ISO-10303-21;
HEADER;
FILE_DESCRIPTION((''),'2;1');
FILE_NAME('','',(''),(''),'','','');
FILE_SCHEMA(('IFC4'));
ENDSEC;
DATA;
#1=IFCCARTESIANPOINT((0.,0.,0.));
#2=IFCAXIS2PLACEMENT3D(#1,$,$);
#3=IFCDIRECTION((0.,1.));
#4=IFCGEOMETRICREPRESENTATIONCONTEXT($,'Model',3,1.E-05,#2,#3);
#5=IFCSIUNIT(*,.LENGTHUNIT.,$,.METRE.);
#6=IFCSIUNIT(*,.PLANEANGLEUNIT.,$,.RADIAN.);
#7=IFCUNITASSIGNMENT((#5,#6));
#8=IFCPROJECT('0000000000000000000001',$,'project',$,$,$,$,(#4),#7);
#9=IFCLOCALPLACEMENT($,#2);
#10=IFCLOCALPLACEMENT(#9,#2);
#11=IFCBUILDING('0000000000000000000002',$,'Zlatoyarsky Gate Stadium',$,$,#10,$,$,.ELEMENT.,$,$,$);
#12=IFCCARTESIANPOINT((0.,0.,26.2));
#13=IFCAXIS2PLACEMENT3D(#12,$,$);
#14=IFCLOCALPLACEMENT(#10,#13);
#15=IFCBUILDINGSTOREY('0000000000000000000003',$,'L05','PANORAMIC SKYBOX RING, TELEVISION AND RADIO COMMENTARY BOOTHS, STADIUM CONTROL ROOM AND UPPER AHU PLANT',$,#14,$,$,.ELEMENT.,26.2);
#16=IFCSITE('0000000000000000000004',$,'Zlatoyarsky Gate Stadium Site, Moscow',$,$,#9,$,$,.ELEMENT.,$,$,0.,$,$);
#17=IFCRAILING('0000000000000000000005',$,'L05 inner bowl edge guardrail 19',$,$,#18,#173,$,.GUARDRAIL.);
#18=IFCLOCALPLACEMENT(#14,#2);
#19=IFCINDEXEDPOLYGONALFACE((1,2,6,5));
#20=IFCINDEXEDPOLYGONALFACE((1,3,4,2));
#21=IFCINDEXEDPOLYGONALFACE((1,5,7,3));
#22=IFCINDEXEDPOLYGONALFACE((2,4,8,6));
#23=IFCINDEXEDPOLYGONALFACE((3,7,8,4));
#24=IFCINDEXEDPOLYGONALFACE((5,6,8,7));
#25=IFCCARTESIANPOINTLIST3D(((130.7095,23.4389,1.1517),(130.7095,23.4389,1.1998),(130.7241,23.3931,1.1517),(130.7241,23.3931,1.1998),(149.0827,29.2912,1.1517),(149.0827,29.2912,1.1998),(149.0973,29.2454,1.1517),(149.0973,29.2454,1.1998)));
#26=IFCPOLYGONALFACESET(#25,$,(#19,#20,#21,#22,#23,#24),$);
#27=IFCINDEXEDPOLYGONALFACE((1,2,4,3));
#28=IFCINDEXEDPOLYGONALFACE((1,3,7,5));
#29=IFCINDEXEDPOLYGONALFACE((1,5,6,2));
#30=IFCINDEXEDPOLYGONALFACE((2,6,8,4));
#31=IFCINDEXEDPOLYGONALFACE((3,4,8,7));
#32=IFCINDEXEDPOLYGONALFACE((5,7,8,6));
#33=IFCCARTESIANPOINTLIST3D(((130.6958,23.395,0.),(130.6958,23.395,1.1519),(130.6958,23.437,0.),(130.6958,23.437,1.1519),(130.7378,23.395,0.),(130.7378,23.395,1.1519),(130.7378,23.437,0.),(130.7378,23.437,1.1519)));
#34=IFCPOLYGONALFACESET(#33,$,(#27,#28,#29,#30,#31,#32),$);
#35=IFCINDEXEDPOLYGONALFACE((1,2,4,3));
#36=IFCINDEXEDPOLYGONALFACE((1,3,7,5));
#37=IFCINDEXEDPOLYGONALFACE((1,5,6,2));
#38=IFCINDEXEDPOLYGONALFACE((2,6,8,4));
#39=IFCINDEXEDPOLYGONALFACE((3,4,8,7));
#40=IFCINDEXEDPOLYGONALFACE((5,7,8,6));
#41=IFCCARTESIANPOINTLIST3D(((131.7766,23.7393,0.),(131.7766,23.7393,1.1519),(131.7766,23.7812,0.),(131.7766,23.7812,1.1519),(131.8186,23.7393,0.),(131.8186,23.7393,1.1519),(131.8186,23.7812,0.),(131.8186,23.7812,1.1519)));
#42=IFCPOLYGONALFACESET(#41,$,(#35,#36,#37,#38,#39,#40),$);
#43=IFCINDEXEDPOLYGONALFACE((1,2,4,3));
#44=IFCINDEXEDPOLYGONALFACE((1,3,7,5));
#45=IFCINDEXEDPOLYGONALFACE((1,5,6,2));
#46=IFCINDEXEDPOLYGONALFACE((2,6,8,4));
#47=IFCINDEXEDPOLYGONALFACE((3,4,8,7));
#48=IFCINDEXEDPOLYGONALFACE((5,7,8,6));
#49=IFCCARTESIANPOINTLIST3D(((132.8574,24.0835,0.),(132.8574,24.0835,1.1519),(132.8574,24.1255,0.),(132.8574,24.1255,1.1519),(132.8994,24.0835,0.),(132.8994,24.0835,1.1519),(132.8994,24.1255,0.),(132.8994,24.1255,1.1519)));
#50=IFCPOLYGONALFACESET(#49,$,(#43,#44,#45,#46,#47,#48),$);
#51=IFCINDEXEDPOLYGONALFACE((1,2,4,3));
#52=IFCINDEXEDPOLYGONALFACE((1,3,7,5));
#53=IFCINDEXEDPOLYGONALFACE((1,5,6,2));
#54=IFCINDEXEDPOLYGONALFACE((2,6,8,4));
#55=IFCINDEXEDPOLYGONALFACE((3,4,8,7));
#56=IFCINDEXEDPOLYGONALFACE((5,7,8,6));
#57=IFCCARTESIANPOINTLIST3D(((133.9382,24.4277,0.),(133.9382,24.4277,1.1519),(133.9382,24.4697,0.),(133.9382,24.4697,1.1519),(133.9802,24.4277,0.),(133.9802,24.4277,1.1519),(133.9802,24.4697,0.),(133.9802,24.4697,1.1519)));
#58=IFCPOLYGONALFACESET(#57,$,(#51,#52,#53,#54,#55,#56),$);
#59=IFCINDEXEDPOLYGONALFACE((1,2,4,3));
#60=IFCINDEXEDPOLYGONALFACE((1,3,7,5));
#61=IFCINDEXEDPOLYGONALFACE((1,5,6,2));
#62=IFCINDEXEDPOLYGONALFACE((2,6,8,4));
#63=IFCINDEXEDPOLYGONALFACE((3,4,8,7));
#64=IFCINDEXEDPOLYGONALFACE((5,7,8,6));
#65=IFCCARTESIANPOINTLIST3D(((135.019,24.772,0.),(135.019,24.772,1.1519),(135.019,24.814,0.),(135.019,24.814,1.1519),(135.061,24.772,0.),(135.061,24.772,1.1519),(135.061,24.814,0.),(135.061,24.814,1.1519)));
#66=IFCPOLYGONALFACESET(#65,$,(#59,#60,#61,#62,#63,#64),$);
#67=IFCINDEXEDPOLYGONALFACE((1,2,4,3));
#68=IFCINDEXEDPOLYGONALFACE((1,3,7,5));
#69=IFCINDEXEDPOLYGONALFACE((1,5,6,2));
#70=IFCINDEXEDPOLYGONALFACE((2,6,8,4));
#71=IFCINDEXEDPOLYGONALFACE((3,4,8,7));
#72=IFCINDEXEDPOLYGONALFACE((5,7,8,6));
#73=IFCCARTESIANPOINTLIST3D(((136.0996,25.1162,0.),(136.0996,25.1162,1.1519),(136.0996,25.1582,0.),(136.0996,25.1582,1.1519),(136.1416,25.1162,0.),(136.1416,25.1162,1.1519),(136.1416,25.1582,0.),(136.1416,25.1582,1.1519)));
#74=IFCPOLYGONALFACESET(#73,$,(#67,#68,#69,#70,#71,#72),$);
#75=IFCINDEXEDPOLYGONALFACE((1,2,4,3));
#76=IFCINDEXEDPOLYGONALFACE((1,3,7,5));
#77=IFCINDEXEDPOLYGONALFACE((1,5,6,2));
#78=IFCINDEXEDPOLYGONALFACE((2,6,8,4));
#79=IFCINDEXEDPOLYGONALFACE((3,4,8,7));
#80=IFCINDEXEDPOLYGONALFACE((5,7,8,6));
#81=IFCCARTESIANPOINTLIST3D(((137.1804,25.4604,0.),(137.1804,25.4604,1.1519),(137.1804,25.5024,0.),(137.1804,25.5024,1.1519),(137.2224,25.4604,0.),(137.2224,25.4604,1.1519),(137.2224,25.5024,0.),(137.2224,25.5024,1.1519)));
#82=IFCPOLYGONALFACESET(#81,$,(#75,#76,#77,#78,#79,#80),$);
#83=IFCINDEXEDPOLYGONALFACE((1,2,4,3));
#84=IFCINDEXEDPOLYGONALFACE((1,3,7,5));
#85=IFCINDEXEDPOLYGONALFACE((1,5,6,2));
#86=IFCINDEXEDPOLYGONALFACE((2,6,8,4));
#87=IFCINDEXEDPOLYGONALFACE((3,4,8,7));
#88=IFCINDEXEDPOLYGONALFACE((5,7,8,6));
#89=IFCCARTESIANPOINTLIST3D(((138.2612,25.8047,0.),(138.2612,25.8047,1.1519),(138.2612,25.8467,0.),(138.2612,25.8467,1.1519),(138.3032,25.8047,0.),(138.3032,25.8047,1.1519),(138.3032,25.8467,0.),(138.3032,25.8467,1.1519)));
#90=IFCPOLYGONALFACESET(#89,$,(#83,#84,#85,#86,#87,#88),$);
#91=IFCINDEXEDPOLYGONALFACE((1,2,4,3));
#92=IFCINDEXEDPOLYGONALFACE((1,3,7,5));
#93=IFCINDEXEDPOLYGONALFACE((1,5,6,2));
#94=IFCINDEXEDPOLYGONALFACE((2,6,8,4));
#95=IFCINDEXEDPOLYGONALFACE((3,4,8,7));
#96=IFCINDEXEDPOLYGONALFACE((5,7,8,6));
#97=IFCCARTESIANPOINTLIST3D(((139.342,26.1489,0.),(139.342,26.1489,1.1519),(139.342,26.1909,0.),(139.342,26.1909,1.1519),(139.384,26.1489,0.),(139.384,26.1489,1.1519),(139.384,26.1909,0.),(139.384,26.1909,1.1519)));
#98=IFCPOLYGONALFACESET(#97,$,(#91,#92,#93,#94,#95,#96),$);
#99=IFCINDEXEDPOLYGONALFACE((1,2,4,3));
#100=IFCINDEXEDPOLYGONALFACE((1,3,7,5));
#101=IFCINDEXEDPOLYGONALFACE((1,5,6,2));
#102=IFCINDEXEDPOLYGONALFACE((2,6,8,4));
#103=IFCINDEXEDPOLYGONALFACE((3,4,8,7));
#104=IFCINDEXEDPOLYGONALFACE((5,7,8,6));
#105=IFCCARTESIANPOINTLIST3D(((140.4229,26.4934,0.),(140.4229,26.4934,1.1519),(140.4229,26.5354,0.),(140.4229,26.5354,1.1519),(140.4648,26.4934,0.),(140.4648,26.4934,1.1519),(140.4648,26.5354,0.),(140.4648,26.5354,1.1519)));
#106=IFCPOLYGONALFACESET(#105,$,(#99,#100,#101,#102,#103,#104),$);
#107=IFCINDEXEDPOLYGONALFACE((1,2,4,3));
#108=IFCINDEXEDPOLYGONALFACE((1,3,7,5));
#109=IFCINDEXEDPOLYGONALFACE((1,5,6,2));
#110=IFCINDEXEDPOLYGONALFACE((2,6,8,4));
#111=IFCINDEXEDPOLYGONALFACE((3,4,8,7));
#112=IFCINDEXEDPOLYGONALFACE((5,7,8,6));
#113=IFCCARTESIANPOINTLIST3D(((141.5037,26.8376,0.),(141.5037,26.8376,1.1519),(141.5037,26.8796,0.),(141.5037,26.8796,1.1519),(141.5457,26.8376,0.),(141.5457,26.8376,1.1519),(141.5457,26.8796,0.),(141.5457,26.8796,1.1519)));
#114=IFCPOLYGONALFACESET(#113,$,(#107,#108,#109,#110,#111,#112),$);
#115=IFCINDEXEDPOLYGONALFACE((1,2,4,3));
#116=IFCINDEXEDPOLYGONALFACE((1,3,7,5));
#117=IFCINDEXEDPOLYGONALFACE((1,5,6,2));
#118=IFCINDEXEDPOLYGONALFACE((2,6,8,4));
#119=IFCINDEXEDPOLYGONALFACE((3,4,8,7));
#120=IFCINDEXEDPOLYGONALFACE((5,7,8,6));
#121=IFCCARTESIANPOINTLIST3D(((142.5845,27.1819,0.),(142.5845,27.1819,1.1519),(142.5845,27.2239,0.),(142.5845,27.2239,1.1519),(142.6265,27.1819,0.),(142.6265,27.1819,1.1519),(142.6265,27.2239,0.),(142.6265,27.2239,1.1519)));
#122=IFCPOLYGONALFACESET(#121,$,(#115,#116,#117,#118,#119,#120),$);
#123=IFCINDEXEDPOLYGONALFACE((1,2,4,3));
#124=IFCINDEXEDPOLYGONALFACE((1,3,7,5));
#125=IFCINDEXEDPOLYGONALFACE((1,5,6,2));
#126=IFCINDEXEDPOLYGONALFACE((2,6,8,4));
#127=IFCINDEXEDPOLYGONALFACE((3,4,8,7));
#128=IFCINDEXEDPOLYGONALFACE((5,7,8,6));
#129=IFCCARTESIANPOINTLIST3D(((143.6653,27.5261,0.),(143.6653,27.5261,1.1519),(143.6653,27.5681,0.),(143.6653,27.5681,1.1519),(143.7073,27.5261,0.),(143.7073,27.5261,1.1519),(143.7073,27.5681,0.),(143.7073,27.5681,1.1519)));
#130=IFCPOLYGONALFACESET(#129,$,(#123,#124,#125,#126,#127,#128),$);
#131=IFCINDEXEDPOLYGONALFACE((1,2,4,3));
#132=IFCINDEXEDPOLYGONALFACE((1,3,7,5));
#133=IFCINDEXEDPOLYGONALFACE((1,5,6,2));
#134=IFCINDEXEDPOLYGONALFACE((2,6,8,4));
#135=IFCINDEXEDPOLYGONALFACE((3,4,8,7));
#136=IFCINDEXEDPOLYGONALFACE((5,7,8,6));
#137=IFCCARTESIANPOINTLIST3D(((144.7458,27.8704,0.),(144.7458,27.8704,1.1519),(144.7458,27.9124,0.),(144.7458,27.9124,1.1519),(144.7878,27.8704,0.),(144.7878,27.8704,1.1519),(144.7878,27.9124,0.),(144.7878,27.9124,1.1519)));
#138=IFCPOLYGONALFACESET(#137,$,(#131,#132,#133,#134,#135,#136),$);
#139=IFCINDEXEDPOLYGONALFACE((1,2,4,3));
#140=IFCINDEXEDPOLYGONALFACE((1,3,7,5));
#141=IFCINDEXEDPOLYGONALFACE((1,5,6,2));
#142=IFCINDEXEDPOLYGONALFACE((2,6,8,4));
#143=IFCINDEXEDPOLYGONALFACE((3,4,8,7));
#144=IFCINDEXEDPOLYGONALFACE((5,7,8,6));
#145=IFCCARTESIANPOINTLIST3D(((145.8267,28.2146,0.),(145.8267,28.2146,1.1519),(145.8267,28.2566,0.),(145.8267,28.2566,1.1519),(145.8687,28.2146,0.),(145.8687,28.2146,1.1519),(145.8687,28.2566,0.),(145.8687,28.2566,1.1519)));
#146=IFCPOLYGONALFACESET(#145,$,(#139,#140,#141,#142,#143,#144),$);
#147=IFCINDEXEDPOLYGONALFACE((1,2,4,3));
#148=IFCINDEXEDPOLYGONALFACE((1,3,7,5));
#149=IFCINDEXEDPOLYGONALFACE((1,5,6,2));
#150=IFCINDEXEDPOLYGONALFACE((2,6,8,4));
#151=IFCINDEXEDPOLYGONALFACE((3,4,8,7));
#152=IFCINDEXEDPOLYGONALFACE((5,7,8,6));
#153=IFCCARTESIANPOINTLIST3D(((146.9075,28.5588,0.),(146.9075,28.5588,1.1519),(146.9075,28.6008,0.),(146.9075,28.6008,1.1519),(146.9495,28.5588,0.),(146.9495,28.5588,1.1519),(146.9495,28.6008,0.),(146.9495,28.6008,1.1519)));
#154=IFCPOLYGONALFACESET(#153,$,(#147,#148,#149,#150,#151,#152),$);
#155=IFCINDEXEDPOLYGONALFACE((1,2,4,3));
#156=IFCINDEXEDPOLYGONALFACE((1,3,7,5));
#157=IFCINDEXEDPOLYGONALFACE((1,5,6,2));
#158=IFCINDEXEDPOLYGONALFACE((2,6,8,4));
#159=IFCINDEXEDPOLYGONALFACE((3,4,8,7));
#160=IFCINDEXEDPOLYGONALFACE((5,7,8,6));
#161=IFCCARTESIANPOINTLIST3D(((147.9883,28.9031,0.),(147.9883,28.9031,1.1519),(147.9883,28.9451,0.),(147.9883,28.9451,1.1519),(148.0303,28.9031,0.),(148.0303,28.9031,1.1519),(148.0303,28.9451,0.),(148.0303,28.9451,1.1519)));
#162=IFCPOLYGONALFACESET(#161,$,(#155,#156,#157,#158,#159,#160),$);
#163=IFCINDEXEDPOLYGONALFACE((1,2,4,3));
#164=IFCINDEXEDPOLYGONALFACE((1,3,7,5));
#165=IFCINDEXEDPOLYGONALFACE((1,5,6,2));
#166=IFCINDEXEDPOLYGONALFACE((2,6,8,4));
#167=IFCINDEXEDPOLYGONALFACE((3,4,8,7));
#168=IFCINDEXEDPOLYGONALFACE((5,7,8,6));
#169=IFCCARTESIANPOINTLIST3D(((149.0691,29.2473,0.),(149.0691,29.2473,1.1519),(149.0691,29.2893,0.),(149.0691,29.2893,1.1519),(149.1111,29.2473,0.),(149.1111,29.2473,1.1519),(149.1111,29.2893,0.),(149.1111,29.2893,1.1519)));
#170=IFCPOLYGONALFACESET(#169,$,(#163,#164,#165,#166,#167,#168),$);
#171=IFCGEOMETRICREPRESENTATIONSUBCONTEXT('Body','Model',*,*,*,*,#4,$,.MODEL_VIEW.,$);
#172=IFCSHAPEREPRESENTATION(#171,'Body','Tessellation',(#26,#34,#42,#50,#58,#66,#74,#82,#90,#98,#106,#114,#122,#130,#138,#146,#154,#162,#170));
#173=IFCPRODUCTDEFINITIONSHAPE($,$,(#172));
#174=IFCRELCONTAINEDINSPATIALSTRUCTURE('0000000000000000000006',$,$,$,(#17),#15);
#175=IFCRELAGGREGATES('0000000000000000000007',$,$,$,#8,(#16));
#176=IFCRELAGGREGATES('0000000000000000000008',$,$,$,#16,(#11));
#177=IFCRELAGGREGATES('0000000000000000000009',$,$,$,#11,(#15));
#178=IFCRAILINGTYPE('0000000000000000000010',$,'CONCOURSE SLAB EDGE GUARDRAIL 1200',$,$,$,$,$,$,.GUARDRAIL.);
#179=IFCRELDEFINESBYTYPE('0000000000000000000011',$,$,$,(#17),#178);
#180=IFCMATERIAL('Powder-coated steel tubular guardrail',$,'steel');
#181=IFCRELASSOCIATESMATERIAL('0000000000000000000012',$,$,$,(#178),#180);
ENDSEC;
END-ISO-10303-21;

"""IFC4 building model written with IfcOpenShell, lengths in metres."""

from ifc_helpers import new_model, si_unit, direction, frame, origin, origin_2d, place, context, subcontext, project, spatial, rectangle, extrude, material, type_object, element, save


model = new_model("IFC4")

# Units and contexts
model_context = context("Model", 3, precision=1e-05, world=origin(), true_north=direction((0.0, 1.0)))
body_context = subcontext(model_context, "Body", "Model", "MODEL_VIEW")
ifc_project = project(units=[si_unit("LENGTHUNIT", "METRE"), si_unit("PLANEANGLEUNIT", "RADIAN")], contexts=[model_context])

# Site, building, storey
site_placement = place(None, origin())
site = spatial("IfcSite", under=ifc_project, at=site_placement, Name="Zlatoyarsky Gate Stadium Site, Moscow", CompositionType="ELEMENT", RefElevation=0.0)
building_placement = place(site_placement, origin())
building = spatial("IfcBuilding", under=site, at=building_placement, Name="Zlatoyarsky Gate Stadium", CompositionType="ELEMENT")
storey_placement = place(building_placement, frame((0.0, 0.0, 26.2)))
storey = spatial("IfcBuildingStorey", under=building, at=storey_placement, Name="L05", Description="PANORAMIC SKYBOX RING, TELEVISION AND RADIO COMMENTARY BOOTHS, STADIUM CONTROL ROOM AND UPPER AHU PLANT", CompositionType="ELEMENT", Elevation=26.2)

# Railing
ifc_material_1 = material(Name="Powder-coated steel tubular guardrail", Category="steel")
railing_type = type_object("IfcRailingType", Name="CONCOURSE SLAB EDGE GUARDRAIL 1200", PredefinedType="GUARDRAIL", material=ifc_material_1)
railing_1_placement = place(storey_placement, frame((130.7168, 23.416, 0.0)))
element("IfcRailing", 1, at=railing_1_placement, inside=storey, type_object=railing_type, Name="L05 inner bowl edge guardrail 19", PredefinedType="GUARDRAIL", context=body_context, shape_type="SweptSolid", body=[
    extrude(rectangle(XDim=0.0481, YDim=0.0481, at=origin_2d()), frame((0.0, 0.0, 1.1758), z_axis=(0.952832, 0.303498, 0.0), x_axis=(-0.303498, 0.952832, 0.0)), (0.0, 0.0, 1.0), 19.2827),
    extrude(rectangle(XDim=0.042, YDim=0.042, at=origin_2d()), origin(), (0.0, 0.0, 1.0), 1.1519),
    extrude(rectangle(XDim=0.042, YDim=0.042, at=origin_2d()), frame((1.0808, 0.3442, 0.0)), (0.0, 0.0, 1.0), 1.1519),
    extrude(rectangle(XDim=0.042, YDim=0.042, at=origin_2d()), frame((2.1616, 0.6885, 0.0)), (0.0, 0.0, 1.0), 1.1519),
    extrude(rectangle(XDim=0.042, YDim=0.042, at=origin_2d()), frame((3.2424, 1.0327, 0.0)), (0.0, 0.0, 1.0), 1.1519),
    extrude(rectangle(XDim=0.042, YDim=0.042, at=origin_2d()), frame((4.3232, 1.377, 0.0)), (0.0, 0.0, 1.0), 1.1519),
    extrude(rectangle(XDim=0.042, YDim=0.042, at=origin_2d()), frame((5.4038, 1.7212, 0.0)), (0.0, 0.0, 1.0), 1.1519),
    extrude(rectangle(XDim=0.042, YDim=0.042, at=origin_2d()), frame((6.4846, 2.0654, 0.0)), (0.0, 0.0, 1.0), 1.1519),
    extrude(rectangle(XDim=0.042, YDim=0.042, at=origin_2d()), frame((7.5654, 2.4097, 0.0)), (0.0, 0.0, 1.0), 1.1519),
    extrude(rectangle(XDim=0.042, YDim=0.042, at=origin_2d()), frame((8.6462, 2.7539, 0.0)), (0.0, 0.0, 1.0), 1.1519),
    extrude(rectangle(XDim=0.042, YDim=0.042, at=origin_2d()), frame((9.7271, 3.0984, 0.0)), (0.0, 0.0, 1.0), 1.1519),
    extrude(rectangle(XDim=0.042, YDim=0.042, at=origin_2d()), frame((10.8079, 3.4426, 0.0)), (0.0, 0.0, 1.0), 1.1519),
    extrude(rectangle(XDim=0.042, YDim=0.042, at=origin_2d()), frame((11.8887, 3.7869, 0.0)), (0.0, 0.0, 1.0), 1.1519),
    extrude(rectangle(XDim=0.042, YDim=0.042, at=origin_2d()), frame((12.9695, 4.1311, 0.0)), (0.0, 0.0, 1.0), 1.1519),
    extrude(rectangle(XDim=0.042, YDim=0.042, at=origin_2d()), frame((14.05, 4.4753, 0.0)), (0.0, 0.0, 1.0), 1.1519),
    extrude(rectangle(XDim=0.042, YDim=0.042, at=origin_2d()), frame((15.1309, 4.8196, 0.0)), (0.0, 0.0, 1.0), 1.1519),
    extrude(rectangle(XDim=0.042, YDim=0.042, at=origin_2d()), frame((16.2117, 5.1638, 0.0)), (0.0, 0.0, 1.0), 1.1519),
    extrude(rectangle(XDim=0.042, YDim=0.042, at=origin_2d()), frame((17.2925, 5.5081, 0.0)), (0.0, 0.0, 1.0), 1.1519),
    extrude(rectangle(XDim=0.042, YDim=0.042, at=origin_2d()), frame((18.3733, 5.8523, 0.0)), (0.0, 0.0, 1.0), 1.1519),
])

save(model, "model.ifc")
